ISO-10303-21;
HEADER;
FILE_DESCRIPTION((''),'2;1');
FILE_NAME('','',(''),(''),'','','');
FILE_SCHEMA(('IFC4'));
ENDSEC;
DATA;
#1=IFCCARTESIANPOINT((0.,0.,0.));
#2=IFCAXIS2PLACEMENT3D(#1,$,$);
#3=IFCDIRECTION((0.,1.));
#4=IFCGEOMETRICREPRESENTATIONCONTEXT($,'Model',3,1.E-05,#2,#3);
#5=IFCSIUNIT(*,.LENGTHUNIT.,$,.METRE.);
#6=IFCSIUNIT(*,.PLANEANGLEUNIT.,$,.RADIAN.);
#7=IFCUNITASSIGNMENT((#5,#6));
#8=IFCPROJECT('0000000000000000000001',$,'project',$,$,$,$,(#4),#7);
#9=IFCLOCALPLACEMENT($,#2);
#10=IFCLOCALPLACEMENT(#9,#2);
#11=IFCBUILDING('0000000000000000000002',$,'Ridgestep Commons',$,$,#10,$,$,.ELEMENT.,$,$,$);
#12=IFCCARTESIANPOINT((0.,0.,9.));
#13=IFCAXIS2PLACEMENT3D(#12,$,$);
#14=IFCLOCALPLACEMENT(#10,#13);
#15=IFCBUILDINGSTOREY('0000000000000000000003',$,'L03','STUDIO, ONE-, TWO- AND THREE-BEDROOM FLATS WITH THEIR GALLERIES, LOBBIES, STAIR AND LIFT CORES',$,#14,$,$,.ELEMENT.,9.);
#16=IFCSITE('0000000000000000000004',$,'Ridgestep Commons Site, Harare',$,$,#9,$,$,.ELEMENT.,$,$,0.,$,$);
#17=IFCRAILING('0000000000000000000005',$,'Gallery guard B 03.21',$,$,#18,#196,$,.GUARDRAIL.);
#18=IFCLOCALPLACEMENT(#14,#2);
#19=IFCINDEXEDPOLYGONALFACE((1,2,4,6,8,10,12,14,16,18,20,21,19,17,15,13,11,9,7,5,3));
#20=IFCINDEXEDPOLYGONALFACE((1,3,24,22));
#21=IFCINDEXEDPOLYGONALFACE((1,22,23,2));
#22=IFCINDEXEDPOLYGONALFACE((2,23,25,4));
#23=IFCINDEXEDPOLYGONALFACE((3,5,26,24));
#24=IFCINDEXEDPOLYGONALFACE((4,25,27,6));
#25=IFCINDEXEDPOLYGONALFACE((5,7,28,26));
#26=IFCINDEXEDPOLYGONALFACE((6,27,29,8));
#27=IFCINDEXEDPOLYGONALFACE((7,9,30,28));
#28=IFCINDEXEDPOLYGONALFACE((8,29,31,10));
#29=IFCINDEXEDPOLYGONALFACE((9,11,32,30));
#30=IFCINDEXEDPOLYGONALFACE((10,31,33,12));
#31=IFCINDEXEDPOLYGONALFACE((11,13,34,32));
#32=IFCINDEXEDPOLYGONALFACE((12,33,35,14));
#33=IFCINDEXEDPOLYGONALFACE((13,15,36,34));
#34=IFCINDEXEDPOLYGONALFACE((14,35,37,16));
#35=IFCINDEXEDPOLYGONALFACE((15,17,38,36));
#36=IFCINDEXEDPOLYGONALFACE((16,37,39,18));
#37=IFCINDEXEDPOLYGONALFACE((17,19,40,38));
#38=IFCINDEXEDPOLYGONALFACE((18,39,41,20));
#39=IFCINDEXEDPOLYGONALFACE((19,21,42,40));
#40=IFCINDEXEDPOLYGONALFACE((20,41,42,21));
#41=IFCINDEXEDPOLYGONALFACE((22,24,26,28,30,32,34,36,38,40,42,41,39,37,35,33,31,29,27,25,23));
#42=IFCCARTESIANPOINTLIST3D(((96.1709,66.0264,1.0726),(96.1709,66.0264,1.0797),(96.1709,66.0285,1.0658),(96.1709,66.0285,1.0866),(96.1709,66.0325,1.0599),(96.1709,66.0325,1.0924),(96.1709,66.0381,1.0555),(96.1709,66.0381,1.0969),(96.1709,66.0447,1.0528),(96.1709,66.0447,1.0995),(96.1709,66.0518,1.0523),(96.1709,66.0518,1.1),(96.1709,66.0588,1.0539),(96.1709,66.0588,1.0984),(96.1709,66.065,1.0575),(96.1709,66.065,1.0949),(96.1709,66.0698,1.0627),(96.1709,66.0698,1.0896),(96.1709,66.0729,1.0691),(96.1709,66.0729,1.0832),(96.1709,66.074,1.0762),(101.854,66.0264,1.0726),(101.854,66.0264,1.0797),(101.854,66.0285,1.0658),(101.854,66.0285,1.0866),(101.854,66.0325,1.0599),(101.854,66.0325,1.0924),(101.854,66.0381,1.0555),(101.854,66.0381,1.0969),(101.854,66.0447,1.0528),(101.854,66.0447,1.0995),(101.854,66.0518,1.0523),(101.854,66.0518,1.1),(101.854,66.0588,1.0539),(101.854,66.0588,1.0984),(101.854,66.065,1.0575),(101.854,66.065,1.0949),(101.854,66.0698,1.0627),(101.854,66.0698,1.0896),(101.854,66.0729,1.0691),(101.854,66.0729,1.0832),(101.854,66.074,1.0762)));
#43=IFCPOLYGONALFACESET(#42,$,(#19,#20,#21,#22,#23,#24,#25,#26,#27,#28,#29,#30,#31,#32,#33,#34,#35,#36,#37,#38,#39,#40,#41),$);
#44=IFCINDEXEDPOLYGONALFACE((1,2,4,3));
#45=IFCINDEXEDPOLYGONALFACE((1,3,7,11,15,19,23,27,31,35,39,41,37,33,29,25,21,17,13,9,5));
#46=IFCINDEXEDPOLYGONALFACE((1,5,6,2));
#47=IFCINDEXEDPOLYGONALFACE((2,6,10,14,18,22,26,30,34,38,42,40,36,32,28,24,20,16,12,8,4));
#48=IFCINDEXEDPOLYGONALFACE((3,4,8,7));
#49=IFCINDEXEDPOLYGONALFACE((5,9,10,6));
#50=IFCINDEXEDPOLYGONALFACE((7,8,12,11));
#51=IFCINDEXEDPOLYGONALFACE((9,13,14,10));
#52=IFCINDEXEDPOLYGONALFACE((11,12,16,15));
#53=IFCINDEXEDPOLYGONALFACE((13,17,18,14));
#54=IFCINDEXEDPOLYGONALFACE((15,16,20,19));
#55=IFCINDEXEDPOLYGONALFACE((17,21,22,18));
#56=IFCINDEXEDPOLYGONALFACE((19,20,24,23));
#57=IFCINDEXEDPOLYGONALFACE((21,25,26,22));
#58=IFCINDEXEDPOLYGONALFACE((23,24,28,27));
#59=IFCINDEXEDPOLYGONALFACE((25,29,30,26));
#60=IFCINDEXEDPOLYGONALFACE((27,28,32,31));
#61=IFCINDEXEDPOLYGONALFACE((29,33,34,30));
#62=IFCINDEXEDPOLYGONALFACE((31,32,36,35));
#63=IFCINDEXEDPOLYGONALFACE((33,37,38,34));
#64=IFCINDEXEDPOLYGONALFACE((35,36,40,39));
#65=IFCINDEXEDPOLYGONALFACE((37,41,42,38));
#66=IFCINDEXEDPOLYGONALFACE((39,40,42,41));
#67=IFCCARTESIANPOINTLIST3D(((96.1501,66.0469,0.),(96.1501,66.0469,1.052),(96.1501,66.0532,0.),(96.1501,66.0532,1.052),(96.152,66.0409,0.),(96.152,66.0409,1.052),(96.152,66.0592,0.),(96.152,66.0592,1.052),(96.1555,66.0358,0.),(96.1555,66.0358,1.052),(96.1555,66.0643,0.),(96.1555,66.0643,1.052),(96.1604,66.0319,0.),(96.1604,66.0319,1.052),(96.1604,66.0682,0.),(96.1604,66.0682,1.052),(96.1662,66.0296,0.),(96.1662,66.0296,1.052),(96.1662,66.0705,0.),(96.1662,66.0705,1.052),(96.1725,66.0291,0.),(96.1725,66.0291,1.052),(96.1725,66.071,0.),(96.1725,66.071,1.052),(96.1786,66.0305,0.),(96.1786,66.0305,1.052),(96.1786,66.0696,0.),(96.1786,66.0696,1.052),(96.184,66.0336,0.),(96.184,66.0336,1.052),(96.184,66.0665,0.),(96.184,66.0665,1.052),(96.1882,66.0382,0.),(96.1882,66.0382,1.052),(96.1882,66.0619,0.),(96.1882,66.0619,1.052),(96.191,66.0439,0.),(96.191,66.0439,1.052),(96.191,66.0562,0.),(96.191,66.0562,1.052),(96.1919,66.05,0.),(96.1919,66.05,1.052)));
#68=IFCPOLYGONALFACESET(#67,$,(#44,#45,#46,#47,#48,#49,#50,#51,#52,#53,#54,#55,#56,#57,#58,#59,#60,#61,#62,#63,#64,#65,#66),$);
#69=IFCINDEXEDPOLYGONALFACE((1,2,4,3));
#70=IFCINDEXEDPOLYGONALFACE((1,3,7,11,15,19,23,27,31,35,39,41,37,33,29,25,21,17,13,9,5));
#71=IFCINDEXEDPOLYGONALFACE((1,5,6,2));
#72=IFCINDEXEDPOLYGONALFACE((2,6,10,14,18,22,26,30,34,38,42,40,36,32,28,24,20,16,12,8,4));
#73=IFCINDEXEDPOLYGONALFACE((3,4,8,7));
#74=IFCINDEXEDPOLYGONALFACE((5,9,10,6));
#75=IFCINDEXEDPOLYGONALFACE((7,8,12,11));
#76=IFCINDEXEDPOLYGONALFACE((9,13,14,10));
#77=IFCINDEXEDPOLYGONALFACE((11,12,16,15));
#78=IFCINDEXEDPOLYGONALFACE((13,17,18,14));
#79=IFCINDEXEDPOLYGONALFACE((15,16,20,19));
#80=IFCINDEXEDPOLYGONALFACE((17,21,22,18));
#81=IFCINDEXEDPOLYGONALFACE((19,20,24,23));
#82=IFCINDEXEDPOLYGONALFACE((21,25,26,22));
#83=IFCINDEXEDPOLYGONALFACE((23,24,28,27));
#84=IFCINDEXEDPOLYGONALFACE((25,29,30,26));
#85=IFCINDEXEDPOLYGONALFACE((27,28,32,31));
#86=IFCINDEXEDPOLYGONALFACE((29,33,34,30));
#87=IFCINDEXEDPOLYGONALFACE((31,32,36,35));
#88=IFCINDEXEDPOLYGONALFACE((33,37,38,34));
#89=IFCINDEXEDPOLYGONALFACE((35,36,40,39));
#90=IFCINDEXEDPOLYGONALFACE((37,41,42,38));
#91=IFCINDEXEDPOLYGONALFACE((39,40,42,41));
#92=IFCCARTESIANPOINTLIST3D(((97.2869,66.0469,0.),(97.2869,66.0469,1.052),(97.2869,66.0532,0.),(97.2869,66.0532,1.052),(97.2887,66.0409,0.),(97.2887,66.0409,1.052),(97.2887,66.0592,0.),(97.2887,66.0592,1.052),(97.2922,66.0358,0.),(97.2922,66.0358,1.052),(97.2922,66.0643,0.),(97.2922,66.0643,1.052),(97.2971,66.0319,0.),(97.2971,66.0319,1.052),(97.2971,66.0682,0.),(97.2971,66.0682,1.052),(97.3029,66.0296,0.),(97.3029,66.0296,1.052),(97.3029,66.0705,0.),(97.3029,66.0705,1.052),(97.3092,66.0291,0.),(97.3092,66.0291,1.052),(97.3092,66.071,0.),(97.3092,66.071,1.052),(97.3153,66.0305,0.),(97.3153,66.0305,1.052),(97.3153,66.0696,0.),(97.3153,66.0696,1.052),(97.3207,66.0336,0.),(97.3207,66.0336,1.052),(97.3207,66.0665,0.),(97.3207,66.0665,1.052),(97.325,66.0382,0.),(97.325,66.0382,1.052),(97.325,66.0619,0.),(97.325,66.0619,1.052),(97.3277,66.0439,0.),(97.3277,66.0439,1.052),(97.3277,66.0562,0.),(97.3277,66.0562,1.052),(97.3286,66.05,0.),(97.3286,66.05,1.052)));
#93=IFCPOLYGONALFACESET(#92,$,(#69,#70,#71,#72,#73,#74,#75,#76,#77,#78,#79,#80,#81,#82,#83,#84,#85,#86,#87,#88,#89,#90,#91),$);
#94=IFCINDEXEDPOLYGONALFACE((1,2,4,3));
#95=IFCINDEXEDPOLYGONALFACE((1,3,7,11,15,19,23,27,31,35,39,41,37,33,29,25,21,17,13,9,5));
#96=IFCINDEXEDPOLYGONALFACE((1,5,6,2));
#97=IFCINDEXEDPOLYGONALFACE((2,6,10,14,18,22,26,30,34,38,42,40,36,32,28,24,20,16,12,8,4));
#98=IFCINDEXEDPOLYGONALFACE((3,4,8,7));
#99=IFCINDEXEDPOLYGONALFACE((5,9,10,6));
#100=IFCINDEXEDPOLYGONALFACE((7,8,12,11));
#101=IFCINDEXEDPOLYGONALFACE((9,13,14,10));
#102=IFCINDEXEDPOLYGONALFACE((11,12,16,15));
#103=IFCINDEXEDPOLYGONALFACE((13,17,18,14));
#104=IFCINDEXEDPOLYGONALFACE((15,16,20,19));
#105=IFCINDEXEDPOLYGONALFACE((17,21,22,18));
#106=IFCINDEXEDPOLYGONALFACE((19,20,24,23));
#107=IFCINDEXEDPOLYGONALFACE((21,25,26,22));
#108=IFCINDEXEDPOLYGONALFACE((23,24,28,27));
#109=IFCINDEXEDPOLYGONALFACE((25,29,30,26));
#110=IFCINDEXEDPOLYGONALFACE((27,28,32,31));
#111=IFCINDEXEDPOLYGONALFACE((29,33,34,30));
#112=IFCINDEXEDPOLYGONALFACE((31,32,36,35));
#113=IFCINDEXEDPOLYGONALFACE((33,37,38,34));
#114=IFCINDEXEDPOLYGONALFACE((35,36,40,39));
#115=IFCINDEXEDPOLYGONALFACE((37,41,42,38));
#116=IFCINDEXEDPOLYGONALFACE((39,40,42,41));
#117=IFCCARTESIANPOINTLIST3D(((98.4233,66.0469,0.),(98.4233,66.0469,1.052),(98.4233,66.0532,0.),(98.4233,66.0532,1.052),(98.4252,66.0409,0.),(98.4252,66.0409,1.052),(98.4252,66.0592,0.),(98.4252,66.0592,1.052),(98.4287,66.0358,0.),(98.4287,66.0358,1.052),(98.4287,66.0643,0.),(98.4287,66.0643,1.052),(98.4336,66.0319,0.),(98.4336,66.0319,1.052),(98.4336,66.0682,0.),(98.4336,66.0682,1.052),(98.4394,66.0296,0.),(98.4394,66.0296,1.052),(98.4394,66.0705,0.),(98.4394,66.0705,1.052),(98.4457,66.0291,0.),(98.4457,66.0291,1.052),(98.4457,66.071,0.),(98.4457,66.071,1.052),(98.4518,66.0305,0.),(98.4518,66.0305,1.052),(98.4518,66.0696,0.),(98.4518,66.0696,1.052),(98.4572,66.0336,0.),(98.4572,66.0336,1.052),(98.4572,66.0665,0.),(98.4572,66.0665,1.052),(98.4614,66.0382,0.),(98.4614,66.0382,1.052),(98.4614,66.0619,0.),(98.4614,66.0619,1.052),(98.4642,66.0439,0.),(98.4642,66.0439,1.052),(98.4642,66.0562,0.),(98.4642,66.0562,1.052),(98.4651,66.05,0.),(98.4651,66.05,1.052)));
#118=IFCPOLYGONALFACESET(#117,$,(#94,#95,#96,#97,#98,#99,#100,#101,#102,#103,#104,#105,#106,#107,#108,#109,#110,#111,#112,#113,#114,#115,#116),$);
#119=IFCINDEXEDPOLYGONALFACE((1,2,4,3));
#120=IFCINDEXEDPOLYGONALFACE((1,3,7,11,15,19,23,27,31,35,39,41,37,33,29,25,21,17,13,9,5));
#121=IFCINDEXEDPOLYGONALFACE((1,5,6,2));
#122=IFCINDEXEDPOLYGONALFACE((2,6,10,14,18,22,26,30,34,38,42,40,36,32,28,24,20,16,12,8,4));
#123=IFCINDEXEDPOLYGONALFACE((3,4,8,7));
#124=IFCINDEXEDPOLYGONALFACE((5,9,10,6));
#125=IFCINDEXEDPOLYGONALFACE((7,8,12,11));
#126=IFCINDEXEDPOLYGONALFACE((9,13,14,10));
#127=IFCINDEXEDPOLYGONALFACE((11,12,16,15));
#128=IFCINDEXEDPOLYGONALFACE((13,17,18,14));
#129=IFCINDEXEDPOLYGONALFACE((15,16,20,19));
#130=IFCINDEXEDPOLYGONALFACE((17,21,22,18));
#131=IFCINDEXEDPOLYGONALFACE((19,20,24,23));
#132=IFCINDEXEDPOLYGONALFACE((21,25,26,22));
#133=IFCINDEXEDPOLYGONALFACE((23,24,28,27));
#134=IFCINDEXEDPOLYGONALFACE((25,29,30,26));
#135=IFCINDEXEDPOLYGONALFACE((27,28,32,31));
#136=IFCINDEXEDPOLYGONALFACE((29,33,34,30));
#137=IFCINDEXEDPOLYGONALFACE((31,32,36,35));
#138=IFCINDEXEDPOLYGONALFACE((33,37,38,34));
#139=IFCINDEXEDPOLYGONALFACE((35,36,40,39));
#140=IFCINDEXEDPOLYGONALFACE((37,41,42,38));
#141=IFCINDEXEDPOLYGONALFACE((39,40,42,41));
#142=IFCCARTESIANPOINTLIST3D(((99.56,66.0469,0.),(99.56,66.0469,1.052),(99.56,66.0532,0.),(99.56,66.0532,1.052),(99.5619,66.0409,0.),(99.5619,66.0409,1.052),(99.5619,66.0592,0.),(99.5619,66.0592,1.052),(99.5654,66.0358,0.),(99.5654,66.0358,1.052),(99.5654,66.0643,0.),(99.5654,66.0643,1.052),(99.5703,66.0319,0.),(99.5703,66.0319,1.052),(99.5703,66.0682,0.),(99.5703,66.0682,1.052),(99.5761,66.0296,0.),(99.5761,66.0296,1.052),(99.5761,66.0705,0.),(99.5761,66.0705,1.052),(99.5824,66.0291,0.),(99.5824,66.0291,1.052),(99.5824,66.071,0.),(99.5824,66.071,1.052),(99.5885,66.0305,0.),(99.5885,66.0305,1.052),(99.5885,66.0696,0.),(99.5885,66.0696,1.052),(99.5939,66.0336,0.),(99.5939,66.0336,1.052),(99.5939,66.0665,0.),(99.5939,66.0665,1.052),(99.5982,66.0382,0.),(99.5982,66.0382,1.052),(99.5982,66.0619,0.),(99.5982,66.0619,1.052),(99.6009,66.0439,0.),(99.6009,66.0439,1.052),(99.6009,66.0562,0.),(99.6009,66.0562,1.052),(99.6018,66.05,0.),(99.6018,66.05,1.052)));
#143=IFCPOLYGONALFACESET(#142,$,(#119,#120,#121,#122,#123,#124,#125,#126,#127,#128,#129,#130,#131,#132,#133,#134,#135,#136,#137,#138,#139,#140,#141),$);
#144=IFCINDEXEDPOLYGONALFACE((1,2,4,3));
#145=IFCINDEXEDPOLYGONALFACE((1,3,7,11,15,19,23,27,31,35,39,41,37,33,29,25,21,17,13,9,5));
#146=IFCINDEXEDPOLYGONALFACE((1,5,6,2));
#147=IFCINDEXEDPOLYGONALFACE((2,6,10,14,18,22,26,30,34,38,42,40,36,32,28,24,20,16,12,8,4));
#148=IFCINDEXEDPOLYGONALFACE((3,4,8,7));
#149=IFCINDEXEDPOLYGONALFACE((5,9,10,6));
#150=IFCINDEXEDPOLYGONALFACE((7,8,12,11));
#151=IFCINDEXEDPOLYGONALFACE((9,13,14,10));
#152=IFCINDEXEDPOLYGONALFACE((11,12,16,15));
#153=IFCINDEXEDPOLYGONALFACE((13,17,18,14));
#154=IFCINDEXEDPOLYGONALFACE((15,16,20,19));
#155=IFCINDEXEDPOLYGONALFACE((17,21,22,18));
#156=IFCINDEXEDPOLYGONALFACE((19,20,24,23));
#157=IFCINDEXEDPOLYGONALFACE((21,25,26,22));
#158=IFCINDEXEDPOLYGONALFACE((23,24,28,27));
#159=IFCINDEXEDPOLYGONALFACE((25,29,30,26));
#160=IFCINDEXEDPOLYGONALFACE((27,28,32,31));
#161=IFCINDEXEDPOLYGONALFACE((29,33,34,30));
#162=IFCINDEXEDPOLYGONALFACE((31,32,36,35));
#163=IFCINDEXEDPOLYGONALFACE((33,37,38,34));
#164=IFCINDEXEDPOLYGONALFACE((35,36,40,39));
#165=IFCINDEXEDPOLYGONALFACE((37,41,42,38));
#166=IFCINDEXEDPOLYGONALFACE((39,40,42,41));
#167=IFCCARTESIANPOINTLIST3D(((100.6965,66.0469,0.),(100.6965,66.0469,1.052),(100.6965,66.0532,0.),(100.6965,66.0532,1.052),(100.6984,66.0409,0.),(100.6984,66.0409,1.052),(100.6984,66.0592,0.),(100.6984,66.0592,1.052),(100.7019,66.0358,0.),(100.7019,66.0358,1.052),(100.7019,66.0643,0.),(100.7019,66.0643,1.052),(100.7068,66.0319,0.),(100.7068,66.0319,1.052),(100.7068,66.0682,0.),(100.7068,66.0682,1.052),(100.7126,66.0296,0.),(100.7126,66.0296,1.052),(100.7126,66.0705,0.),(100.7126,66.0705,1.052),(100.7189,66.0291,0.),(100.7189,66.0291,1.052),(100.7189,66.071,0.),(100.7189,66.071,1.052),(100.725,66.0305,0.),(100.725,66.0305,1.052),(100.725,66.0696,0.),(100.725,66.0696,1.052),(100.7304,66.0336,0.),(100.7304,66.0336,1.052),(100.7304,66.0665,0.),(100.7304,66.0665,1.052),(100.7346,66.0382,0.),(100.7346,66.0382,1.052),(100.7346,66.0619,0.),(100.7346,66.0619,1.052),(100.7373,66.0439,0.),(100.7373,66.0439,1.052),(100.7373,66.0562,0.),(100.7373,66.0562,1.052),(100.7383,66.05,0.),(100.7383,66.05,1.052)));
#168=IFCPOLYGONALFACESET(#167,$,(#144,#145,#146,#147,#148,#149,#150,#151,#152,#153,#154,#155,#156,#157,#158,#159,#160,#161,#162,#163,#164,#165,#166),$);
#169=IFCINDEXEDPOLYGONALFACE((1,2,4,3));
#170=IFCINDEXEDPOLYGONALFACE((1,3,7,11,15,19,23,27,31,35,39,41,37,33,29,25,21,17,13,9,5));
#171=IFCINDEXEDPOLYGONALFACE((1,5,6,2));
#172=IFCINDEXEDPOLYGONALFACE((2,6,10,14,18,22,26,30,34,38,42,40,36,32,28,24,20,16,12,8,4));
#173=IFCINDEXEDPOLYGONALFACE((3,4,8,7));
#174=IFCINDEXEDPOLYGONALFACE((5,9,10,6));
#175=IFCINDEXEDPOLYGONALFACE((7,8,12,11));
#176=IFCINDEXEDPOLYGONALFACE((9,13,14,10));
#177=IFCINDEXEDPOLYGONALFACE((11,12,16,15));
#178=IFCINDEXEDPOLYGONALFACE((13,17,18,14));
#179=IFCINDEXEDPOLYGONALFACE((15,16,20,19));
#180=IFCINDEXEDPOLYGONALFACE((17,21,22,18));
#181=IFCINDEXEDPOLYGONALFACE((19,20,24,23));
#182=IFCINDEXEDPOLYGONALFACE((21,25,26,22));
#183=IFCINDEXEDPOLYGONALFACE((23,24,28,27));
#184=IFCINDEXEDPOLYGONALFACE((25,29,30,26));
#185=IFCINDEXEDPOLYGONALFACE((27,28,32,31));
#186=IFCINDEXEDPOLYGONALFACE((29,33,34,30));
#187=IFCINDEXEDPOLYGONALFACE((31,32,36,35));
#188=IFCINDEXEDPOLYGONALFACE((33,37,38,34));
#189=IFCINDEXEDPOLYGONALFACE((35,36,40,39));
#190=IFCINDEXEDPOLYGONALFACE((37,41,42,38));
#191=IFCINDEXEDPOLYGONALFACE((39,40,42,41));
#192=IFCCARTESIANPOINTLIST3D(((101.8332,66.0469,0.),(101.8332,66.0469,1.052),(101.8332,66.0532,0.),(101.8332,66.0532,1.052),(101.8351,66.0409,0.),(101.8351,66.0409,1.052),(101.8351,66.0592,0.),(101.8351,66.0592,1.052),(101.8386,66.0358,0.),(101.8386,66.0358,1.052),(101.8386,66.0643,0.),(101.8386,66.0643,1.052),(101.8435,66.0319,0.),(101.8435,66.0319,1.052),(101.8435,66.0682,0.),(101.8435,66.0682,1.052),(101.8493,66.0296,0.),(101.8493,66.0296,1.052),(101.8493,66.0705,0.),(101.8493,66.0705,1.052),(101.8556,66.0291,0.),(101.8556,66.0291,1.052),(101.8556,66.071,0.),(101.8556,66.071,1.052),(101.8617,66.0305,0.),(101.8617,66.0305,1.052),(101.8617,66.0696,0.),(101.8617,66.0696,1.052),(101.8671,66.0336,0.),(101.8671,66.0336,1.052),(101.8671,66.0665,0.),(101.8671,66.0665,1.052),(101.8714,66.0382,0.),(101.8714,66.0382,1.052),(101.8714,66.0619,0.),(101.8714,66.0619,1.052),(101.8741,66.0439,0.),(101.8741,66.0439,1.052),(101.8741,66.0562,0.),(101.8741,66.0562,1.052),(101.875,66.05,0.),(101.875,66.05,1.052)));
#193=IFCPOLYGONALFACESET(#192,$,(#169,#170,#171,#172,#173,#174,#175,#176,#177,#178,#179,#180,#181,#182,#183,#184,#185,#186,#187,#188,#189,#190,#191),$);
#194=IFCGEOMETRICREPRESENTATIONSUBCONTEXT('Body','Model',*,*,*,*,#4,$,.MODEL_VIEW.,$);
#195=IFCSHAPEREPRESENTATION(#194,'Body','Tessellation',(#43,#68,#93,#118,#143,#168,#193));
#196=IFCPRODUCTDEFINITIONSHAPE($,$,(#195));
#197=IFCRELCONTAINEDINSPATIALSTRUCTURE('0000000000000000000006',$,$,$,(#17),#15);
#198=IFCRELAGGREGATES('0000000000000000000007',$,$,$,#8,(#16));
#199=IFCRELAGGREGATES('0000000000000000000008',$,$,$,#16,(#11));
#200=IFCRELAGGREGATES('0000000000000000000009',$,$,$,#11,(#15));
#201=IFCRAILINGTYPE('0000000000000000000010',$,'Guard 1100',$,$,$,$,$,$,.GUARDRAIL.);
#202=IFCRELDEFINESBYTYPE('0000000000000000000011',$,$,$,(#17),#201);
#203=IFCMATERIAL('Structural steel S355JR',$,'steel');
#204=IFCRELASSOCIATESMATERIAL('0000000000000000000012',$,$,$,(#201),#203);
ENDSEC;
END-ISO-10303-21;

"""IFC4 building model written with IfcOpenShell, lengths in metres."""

from ifc_helpers import new_model, si_unit, direction, frame, origin, origin_2d, place, context, subcontext, project, spatial, circle, extrude, material, type_object, element, save


model = new_model("IFC4")

# Units and contexts
model_context = context("Model", 3, precision=1e-05, world=origin(), true_north=direction((0.0, 1.0)))
body_context = subcontext(model_context, "Body", "Model", "MODEL_VIEW")
ifc_project = project(units=[si_unit("LENGTHUNIT", "METRE"), si_unit("PLANEANGLEUNIT", "RADIAN")], contexts=[model_context])

# Site, building, storey
site_placement = place(None, origin())
site = spatial("IfcSite", under=ifc_project, at=site_placement, Name="Ridgestep Commons Site, Harare", CompositionType="ELEMENT", RefElevation=0.0)
building_placement = place(site_placement, origin())
building = spatial("IfcBuilding", under=site, at=building_placement, Name="Ridgestep Commons", CompositionType="ELEMENT")
storey_placement = place(building_placement, frame((0.0, 0.0, 9.0)))
storey = spatial("IfcBuildingStorey", under=building, at=storey_placement, Name="L03", Description="STUDIO, ONE-, TWO- AND THREE-BEDROOM FLATS WITH THEIR GALLERIES, LOBBIES, STAIR AND LIFT CORES", CompositionType="ELEMENT", Elevation=9.0)

# Railing
ifc_material_1 = material(Name="Structural steel S355JR", Category="steel")
railing_type_1 = type_object("IfcRailingType", Name="Guard 1100", PredefinedType="GUARDRAIL", material=ifc_material_1)
railing_1_placement = place(storey_placement, frame((96.1709, 66.05, 0.0)))
element("IfcRailing", 1, at=railing_1_placement, inside=storey, type_object=railing_type_1, Name="Gallery guard B 03.21", PredefinedType="GUARDRAIL", context=body_context, shape_type="SweptSolid", body=[
    extrude(circle(Radius=0.0239, at=origin_2d()), frame((0.0, 0.0, 1.0762), z_axis=(1.0, 0.0, 0.0), x_axis=(0.0, 1.0, 0.0)), (0.0, 0.0, 1.0), 5.6831),
    extrude(circle(Radius=0.021, at=origin_2d()), origin(), (0.0, 0.0, 1.0), 1.052),
    extrude(circle(Radius=0.021, at=origin_2d()), frame((1.1367, 0.0, 0.0)), (0.0, 0.0, 1.0), 1.052),
    extrude(circle(Radius=0.021, at=origin_2d()), frame((2.2732, 0.0, 0.0)), (0.0, 0.0, 1.0), 1.052),
    extrude(circle(Radius=0.021, at=origin_2d()), frame((3.4099, 0.0, 0.0)), (0.0, 0.0, 1.0), 1.052),
    extrude(circle(Radius=0.021, at=origin_2d()), frame((4.5464, 0.0, 0.0)), (0.0, 0.0, 1.0), 1.052),
    extrude(circle(Radius=0.021, at=origin_2d()), frame((5.6831, 0.0, 0.0)), (0.0, 0.0, 1.0), 1.052),
])

save(model, "model.ifc")
